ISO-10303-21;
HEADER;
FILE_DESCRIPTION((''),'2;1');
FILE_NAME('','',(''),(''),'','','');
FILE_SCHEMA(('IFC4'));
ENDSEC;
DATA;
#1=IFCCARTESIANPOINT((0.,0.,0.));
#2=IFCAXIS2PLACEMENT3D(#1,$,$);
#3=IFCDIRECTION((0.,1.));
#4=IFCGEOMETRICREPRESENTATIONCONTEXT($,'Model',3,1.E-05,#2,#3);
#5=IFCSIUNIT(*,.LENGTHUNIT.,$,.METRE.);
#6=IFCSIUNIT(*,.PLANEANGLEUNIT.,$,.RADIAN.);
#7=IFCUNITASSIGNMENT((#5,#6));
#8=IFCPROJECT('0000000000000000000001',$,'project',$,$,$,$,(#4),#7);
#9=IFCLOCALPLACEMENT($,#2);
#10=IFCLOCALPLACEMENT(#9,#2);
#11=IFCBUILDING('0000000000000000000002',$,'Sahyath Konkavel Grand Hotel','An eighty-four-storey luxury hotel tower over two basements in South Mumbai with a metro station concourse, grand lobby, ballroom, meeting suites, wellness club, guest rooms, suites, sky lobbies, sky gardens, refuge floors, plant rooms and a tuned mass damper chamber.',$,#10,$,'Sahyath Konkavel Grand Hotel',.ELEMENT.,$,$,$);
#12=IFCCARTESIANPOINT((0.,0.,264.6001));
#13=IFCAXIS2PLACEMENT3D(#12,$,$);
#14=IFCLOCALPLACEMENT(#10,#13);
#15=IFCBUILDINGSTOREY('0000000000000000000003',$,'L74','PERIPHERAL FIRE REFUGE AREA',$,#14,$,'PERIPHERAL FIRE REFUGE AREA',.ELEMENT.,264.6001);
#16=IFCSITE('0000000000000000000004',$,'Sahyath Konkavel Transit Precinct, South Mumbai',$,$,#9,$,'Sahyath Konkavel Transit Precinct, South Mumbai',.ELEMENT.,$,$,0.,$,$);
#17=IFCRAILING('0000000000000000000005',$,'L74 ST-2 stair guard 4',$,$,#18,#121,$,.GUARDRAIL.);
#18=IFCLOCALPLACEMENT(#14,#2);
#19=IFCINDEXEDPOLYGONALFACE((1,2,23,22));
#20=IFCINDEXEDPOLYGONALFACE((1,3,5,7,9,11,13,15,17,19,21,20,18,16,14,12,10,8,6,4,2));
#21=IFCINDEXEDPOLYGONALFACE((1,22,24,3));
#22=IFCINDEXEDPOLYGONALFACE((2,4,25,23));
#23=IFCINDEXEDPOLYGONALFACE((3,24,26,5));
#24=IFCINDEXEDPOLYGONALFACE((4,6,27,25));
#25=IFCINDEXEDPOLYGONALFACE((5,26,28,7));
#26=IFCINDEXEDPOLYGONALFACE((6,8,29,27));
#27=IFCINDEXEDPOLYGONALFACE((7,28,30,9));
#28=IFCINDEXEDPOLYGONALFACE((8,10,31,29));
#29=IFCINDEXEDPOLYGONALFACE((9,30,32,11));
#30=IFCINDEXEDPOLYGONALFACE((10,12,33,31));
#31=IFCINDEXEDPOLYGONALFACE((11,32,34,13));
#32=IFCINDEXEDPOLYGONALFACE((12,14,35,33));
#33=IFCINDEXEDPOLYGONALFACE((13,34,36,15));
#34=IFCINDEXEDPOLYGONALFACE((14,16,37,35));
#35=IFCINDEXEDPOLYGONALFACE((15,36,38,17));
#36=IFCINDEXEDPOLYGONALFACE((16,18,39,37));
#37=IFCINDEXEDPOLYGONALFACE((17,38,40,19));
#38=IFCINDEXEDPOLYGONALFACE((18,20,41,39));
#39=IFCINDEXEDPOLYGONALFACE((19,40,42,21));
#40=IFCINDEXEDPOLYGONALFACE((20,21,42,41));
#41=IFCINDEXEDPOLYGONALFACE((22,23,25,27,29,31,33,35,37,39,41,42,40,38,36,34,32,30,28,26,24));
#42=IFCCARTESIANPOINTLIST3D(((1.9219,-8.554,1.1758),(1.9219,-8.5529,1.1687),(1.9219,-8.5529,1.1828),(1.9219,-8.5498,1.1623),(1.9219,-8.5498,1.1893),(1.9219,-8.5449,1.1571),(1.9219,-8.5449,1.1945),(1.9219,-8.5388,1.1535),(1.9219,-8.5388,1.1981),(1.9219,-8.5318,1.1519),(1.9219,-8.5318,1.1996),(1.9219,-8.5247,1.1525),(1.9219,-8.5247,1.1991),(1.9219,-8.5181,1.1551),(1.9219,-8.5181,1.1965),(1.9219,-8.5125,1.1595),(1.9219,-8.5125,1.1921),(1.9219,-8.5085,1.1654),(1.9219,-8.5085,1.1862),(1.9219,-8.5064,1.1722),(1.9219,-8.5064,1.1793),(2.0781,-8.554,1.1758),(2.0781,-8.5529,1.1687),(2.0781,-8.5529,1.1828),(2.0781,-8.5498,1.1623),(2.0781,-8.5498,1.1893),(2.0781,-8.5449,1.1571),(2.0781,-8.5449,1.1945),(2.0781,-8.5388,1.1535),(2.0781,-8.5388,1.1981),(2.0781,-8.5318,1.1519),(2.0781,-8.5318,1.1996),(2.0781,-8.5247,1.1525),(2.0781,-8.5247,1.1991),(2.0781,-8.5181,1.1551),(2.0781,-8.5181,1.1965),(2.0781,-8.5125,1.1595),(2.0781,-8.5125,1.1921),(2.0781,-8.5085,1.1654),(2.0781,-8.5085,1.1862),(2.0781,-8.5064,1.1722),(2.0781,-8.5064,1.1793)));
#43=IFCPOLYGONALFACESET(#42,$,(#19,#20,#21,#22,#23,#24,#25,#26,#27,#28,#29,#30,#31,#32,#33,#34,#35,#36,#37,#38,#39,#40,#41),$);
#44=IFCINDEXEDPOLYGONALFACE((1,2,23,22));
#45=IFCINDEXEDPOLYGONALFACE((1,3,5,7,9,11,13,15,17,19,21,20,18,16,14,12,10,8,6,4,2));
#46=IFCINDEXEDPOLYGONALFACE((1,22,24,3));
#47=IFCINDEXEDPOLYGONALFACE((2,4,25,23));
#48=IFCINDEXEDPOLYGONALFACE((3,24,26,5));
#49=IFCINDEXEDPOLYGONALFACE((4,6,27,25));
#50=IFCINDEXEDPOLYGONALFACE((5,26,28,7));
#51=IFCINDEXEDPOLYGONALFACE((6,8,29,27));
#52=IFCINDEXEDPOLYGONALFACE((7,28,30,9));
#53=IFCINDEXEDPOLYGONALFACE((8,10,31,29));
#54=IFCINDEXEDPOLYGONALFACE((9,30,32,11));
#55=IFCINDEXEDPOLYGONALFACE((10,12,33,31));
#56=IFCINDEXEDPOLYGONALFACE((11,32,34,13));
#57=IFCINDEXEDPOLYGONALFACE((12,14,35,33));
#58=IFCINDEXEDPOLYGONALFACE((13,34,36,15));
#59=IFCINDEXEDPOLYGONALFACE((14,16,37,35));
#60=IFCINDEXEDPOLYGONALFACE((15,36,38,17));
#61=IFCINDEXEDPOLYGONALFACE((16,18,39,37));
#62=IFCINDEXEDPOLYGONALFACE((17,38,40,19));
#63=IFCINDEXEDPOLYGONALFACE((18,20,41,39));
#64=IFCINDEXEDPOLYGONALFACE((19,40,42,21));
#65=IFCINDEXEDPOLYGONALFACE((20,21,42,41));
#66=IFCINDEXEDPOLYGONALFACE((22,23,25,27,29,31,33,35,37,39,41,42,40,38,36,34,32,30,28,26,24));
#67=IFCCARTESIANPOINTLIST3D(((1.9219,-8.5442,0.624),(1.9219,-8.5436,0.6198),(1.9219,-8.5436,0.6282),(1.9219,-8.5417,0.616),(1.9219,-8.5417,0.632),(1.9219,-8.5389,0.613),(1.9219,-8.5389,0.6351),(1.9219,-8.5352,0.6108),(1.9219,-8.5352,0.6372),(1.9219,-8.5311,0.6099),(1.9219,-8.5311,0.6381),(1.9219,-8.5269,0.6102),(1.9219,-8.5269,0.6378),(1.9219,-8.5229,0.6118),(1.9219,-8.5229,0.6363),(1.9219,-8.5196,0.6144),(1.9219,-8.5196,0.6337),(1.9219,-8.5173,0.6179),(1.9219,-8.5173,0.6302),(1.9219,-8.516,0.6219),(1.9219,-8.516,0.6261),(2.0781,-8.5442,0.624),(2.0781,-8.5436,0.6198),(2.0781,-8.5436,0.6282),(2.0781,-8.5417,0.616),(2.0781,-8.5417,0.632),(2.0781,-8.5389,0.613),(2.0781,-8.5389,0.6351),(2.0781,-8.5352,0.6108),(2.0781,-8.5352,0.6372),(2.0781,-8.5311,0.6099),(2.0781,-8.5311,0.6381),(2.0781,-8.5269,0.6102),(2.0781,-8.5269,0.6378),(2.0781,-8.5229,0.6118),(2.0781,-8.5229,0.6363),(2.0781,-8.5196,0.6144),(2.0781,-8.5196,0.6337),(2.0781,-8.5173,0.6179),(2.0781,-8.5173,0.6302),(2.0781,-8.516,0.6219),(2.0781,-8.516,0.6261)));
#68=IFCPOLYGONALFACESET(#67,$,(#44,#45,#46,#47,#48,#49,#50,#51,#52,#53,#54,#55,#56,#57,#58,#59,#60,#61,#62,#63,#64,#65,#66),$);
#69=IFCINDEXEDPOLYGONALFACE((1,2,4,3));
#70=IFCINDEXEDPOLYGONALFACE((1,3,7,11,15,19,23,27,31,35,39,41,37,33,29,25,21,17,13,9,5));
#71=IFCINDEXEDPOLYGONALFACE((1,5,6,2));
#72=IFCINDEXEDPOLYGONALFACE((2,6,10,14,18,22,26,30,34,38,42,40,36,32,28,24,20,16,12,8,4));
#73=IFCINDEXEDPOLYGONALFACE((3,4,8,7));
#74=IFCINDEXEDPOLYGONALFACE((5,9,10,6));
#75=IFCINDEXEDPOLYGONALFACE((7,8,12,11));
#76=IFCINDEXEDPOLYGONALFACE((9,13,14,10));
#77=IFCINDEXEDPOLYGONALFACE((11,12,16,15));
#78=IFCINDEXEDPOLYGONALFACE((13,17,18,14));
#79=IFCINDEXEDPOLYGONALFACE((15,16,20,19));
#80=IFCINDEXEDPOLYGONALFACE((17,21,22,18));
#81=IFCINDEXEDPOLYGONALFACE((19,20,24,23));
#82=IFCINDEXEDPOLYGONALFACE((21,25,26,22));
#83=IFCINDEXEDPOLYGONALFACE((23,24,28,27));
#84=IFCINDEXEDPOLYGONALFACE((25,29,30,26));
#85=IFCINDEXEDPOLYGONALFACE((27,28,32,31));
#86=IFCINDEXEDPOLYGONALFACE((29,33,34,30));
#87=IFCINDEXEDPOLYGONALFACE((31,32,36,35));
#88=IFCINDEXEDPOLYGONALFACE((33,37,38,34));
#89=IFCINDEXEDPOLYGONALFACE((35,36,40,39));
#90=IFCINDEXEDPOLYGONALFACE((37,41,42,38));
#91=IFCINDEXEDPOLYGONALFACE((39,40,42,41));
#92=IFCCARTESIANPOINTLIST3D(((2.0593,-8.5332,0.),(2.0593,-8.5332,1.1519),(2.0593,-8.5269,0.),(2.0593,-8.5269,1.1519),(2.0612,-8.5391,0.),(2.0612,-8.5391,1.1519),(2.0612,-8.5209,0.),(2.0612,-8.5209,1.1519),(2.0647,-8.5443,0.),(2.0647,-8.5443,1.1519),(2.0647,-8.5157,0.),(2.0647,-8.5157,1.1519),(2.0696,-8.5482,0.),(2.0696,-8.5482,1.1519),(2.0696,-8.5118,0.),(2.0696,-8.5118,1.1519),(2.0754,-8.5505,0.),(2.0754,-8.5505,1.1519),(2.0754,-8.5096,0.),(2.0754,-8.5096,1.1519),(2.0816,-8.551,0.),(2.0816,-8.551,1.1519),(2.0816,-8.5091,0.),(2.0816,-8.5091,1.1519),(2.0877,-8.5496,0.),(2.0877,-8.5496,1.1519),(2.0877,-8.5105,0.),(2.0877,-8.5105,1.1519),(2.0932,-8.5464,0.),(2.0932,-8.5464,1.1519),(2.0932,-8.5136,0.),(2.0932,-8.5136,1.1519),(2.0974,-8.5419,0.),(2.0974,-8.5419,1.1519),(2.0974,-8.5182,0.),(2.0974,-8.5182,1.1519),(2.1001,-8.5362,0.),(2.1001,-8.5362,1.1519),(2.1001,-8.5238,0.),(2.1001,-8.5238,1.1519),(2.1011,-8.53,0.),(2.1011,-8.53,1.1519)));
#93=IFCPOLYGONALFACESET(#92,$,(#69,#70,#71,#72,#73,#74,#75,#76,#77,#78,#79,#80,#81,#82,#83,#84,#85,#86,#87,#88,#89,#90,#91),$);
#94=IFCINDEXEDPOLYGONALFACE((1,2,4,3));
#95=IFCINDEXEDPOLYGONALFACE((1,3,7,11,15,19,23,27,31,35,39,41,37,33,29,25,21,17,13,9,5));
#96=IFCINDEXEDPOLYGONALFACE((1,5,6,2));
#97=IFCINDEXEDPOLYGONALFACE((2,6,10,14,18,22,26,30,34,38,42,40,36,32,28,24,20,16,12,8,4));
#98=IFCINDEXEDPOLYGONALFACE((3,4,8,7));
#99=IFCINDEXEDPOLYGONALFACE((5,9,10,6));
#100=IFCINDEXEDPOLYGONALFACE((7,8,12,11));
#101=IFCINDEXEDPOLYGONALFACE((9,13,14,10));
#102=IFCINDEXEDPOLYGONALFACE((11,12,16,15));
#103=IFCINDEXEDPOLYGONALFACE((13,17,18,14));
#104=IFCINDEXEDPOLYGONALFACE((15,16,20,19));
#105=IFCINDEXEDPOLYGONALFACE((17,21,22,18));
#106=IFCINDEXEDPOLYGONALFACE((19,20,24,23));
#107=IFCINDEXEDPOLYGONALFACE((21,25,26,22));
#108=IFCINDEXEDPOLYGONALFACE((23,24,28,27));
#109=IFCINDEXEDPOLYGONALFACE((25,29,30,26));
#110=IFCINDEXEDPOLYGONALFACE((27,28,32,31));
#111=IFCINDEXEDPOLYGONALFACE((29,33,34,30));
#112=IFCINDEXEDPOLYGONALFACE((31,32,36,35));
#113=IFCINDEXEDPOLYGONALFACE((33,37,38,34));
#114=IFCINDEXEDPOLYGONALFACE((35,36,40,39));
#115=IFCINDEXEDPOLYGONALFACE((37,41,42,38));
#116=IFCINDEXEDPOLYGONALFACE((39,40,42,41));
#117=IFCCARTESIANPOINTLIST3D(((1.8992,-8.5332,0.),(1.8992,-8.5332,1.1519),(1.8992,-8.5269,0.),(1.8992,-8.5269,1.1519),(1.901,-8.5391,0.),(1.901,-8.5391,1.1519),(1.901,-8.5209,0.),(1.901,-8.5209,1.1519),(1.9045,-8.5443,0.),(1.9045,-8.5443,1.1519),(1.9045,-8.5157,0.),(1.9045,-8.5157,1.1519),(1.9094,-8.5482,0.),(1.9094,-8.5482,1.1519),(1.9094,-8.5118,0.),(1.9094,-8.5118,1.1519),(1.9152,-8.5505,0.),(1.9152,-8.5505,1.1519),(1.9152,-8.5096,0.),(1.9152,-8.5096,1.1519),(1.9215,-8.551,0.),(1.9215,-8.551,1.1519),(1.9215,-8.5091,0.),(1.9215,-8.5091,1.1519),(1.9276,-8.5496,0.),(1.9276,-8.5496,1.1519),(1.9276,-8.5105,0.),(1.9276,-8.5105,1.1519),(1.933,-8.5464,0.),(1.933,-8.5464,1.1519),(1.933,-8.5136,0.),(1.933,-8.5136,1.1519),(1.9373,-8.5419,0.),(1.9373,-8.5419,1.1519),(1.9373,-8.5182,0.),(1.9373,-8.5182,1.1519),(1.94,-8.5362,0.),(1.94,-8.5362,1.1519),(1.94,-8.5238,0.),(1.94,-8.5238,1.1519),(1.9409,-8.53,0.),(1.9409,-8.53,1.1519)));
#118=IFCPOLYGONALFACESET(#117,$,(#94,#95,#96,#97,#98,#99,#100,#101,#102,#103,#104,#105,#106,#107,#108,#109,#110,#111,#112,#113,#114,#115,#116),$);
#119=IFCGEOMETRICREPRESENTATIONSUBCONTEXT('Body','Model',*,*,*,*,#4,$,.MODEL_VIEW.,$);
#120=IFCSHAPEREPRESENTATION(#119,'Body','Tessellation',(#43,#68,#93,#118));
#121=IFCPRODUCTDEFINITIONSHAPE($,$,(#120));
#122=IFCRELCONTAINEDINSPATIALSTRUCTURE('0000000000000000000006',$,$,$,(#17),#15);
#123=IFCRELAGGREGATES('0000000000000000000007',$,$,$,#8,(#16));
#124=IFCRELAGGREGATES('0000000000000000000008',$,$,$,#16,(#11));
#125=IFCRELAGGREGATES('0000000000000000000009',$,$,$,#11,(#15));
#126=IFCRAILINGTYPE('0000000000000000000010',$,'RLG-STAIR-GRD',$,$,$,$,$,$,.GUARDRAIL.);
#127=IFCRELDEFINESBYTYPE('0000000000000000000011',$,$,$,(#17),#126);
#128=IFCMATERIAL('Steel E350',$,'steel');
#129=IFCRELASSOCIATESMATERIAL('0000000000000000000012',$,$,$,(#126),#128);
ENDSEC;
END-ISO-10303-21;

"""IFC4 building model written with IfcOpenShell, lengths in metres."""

from ifc_helpers import new_model, si_unit, direction, frame, origin, origin_2d, place, context, subcontext, project, spatial, circle, extrude, material, type_object, element, save


model = new_model("IFC4")

# Units and contexts
model_context = context("Model", 3, precision=1e-05, world=origin(), true_north=direction((0.0, 1.0)))
body_context = subcontext(model_context, "Body", "Model", "MODEL_VIEW")
ifc_project = project(units=[si_unit("LENGTHUNIT", "METRE"), si_unit("PLANEANGLEUNIT", "RADIAN")], contexts=[model_context])

# Site, building, storey
site_placement = place(None, origin())
site = spatial("IfcSite", under=ifc_project, at=site_placement, Name="Sahyath Konkavel Transit Precinct, South Mumbai", LongName="Sahyath Konkavel Transit Precinct, South Mumbai", CompositionType="ELEMENT", RefElevation=0.0)
building_placement = place(site_placement, origin())
building = spatial("IfcBuilding", under=site, at=building_placement, Name="Sahyath Konkavel Grand Hotel", Description="An eighty-four-storey luxury hotel tower over two basements in South Mumbai with a metro station concourse, grand lobby, ballroom, meeting suites, wellness club, guest rooms, suites, sky lobbies, sky gardens, refuge floors, plant rooms and a tuned mass damper chamber.", LongName="Sahyath Konkavel Grand Hotel", CompositionType="ELEMENT")
storey_placement = place(building_placement, frame((0.0, 0.0, 264.6001)))
storey = spatial("IfcBuildingStorey", under=building, at=storey_placement, Name="L74", Description="PERIPHERAL FIRE REFUGE AREA", LongName="PERIPHERAL FIRE REFUGE AREA", CompositionType="ELEMENT", Elevation=264.6001)

# Shared definitions
ifc_material_1 = material(Name="Steel E350", Category="steel")

# Railing
railing_type_1 = type_object("IfcRailingType", Name="RLG-STAIR-GRD", PredefinedType="GUARDRAIL", material=ifc_material_1)
railing_1_placement = place(storey_placement, frame((2.0801, -8.53, 0.0)))
element("IfcRailing", 1, at=railing_1_placement, inside=storey, type_object=railing_type_1, Name="L74 ST-2 stair guard 4", PredefinedType="GUARDRAIL", context=body_context, shape_type="SweptSolid", body=[
    extrude(circle(Radius=0.0239, at=origin_2d()), frame((-0.002, 0.0, 1.1758), z_axis=(-1.0, 0.0, 0.0), x_axis=(0.0, -1.0, 0.0)), (0.0, 0.0, 1.0), 0.1562),
    extrude(circle(Radius=0.0142, at=origin_2d()), frame((-0.002, 0.0, 0.624), z_axis=(-1.0, 0.0, 0.0), x_axis=(0.0, -1.0, 0.0)), (0.0, 0.0, 1.0), 0.1562),
    extrude(circle(Radius=0.021, at=origin_2d()), origin(), (0.0, 0.0, 1.0), 1.1519),
    extrude(circle(Radius=0.021, at=origin_2d()), frame((-0.1602, 0.0, 0.0)), (0.0, 0.0, 1.0), 1.1519),
])

save(model, "model.ifc")
